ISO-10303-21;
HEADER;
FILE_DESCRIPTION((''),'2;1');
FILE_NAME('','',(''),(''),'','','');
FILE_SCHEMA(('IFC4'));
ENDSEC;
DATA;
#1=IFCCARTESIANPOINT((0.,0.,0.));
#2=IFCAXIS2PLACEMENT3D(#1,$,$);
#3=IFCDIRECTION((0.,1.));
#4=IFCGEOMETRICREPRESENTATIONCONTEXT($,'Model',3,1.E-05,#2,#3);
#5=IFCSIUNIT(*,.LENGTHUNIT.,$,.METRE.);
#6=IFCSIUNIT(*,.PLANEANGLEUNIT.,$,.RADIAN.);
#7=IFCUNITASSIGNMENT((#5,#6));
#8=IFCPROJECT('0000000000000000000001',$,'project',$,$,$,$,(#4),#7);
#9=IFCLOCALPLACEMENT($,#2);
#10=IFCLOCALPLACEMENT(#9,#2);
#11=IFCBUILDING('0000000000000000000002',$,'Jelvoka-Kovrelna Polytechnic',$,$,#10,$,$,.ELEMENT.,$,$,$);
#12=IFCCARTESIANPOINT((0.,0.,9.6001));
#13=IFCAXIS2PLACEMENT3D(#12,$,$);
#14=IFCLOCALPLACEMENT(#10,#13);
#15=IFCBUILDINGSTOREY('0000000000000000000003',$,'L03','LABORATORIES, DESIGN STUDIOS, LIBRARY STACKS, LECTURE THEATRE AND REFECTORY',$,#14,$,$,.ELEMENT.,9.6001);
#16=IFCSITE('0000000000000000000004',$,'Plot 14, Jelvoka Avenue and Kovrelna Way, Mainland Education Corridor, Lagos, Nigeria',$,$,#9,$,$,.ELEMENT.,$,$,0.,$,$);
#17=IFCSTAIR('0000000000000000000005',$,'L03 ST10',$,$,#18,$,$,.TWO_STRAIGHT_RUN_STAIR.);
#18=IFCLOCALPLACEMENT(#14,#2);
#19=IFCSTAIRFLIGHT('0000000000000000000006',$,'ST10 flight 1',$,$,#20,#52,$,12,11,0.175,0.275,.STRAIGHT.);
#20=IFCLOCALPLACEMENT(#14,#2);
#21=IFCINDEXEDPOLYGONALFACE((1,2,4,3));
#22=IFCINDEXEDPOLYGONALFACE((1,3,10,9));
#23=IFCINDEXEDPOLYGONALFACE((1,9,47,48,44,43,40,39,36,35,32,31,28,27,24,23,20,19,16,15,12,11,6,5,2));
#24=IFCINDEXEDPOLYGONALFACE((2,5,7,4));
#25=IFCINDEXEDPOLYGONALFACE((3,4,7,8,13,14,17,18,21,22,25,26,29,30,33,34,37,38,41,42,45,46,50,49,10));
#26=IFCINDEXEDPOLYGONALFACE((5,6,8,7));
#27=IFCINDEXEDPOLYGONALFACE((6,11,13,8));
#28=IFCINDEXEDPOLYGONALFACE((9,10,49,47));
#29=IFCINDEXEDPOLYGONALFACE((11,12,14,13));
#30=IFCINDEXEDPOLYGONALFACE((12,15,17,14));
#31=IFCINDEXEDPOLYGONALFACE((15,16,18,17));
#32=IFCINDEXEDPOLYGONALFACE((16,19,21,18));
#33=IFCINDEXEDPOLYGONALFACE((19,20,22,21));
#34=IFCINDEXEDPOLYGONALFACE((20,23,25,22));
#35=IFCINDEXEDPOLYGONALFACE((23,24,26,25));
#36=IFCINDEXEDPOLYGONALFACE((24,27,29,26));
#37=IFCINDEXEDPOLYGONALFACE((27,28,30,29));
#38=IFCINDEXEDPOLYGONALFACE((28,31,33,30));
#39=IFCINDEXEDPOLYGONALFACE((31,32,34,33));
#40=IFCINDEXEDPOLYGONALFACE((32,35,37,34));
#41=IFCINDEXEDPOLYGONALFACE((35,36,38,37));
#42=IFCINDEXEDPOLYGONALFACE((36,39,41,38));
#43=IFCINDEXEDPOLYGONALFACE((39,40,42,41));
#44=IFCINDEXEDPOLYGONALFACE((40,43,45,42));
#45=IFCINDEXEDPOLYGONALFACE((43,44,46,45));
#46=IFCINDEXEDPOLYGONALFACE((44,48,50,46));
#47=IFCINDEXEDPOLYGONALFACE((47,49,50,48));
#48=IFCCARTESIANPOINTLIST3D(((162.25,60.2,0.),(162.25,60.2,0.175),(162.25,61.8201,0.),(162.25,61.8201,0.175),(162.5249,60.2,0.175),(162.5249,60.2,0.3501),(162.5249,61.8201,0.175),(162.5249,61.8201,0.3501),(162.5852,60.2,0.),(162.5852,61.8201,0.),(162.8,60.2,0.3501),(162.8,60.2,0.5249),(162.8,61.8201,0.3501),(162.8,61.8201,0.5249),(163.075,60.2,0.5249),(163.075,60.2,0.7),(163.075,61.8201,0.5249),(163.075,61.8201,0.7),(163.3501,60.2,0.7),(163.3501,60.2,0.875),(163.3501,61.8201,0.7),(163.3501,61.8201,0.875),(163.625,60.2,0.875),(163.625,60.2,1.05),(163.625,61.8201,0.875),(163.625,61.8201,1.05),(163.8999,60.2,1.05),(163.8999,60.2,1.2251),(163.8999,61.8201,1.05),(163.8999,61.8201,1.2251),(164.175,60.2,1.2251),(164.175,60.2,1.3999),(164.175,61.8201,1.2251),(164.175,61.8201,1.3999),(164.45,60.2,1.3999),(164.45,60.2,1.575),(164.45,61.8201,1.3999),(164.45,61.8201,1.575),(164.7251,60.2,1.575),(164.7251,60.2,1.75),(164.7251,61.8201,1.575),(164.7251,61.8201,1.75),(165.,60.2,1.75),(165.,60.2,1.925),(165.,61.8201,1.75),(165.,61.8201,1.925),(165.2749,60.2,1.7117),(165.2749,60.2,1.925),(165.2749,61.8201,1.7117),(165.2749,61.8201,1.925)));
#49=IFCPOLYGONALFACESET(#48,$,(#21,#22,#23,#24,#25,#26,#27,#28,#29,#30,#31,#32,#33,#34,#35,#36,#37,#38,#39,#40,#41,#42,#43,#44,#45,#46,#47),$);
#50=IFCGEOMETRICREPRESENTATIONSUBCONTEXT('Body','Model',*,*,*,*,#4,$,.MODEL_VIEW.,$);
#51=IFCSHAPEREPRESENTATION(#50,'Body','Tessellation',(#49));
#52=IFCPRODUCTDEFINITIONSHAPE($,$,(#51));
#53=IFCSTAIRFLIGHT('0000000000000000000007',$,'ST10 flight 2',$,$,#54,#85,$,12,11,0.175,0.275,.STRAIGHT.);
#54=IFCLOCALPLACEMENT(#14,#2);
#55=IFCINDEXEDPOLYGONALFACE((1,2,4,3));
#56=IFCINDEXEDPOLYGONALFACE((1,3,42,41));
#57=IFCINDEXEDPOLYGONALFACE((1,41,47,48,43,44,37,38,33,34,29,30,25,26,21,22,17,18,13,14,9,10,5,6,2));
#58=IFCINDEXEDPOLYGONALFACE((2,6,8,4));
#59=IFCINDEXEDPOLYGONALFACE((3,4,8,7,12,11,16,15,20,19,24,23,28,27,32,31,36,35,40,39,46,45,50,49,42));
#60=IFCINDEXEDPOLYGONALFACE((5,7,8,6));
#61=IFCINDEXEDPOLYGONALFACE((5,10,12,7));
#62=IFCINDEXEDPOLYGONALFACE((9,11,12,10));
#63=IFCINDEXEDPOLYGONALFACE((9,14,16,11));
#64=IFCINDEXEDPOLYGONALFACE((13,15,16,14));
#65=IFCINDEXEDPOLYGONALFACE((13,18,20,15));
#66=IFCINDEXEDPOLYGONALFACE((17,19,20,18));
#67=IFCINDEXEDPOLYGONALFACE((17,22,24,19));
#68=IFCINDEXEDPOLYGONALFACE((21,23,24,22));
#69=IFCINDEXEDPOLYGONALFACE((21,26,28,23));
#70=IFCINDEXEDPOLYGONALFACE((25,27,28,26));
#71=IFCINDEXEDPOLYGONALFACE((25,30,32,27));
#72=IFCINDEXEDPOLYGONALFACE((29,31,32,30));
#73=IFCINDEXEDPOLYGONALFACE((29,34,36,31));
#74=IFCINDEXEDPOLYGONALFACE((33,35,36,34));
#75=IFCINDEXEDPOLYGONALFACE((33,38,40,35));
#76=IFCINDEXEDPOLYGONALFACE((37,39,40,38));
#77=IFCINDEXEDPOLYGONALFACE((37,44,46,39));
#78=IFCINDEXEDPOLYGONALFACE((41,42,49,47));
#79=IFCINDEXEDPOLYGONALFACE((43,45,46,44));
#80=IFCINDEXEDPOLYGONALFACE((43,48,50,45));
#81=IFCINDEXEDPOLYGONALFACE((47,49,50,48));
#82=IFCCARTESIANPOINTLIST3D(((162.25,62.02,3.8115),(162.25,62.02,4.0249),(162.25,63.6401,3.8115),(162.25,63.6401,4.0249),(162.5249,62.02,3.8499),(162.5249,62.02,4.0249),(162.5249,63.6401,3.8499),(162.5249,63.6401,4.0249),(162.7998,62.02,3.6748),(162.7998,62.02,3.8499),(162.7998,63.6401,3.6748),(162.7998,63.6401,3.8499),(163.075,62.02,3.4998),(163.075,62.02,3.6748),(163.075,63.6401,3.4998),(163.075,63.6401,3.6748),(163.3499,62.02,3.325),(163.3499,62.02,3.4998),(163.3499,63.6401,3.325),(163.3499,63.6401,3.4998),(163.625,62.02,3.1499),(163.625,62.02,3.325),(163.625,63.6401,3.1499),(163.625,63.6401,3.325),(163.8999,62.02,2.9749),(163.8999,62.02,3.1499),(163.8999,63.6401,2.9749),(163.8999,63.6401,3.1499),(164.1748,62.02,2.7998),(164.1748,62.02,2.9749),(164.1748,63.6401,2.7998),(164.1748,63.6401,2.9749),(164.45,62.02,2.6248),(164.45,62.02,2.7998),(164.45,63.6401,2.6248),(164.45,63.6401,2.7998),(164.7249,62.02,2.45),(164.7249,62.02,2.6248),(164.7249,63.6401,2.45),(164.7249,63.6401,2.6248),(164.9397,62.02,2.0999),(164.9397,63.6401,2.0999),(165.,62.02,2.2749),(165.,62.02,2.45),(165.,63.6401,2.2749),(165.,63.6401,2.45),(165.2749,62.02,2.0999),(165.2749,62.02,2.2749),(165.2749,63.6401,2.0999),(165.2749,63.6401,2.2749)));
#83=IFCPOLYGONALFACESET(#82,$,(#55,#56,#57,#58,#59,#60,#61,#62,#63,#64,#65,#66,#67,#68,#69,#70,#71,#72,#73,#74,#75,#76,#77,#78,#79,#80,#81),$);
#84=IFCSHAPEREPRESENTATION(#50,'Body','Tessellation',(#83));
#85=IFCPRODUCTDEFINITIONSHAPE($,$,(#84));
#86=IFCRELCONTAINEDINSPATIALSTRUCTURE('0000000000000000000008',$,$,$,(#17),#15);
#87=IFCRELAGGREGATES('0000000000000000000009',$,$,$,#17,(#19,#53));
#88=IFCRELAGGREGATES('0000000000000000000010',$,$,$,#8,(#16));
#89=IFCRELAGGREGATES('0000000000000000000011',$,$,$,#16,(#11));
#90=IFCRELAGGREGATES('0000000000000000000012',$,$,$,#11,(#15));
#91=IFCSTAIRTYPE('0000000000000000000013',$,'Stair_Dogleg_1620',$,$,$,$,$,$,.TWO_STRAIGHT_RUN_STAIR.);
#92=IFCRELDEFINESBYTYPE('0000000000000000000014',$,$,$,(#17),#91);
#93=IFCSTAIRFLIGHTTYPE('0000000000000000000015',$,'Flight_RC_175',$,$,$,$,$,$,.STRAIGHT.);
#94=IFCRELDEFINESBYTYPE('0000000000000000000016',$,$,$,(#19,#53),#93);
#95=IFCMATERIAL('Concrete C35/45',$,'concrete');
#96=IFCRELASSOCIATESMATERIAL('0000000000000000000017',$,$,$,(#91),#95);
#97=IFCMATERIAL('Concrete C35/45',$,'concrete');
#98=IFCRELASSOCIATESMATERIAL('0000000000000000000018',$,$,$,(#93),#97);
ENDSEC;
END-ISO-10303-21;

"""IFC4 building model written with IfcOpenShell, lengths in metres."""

from ifc_helpers import new_model, si_unit, direction, frame, origin, place, context, subcontext, project, spatial, polyline, outline, extrude, material, type_object, element, aggregate, save


model = new_model("IFC4")

# Units and contexts
model_context = context("Model", 3, precision=1e-05, world=origin(), true_north=direction((0.0, 1.0)))
body_context = subcontext(model_context, "Body", "Model", "MODEL_VIEW")
ifc_project = project(units=[si_unit("LENGTHUNIT", "METRE"), si_unit("PLANEANGLEUNIT", "RADIAN")], contexts=[model_context])

# Site, building, storey
site_placement = place(None, origin())
site = spatial("IfcSite", under=ifc_project, at=site_placement, Name="Plot 14, Jelvoka Avenue and Kovrelna Way, Mainland Education Corridor, Lagos, Nigeria", CompositionType="ELEMENT", RefElevation=0.0)
building_placement = place(site_placement, origin())
building = spatial("IfcBuilding", under=site, at=building_placement, Name="Jelvoka-Kovrelna Polytechnic", CompositionType="ELEMENT")
storey_placement = place(building_placement, frame((0.0, 0.0, 9.6001)))
storey = spatial("IfcBuildingStorey", under=building, at=storey_placement, Name="L03", Description="LABORATORIES, DESIGN STUDIOS, LIBRARY STACKS, LECTURE THEATRE AND REFECTORY", CompositionType="ELEMENT", Elevation=9.6001)

# Stair, stair flights
ifc_material_1 = material(Name="Concrete C35/45", Category="concrete")
stair_type = type_object("IfcStairType", Name="Stair_Dogleg_1620", PredefinedType="TWO_STRAIGHT_RUN_STAIR", material=ifc_material_1)
stair_placement = place(storey_placement, origin())
stair = element("IfcStair", 1, at=stair_placement, inside=storey, type_object=stair_type, Name="L03 ST10", PredefinedType="TWO_STRAIGHT_RUN_STAIR")
ifc_material_2 = material(Name="Concrete C35/45", Category="concrete")
stair_flight_type = type_object("IfcStairFlightType", Name="Flight_RC_175", PredefinedType="STRAIGHT", material=ifc_material_2)
stair_flight_1_placement = place(storey_placement, frame((162.25, 61.01, 0.0), z_axis=(0.0, 0.0, 1.0), x_axis=(1.0, 0.0, 0.0)))
stair_flight_1 = element("IfcStairFlight", 2, at=stair_flight_1_placement, type_object=stair_flight_type, Name="ST10 flight 1", NumberOfRisers=12, NumberOfTreads=11, PredefinedType="STRAIGHT", RiserHeight=0.175, TreadLength=0.275, context=body_context, shape_type="SweptSolid", body=[
    extrude(outline(polyline([(0.0, 0.0), (0.0, 0.175), (0.2749, 0.175), (0.2749, 0.3501), (0.55, 0.3501), (0.55, 0.5249), (0.825, 0.5249), (0.825, 0.7), (1.1001, 0.7), (1.1001, 0.875), (1.375, 0.875), (1.375, 1.05), (1.6499, 1.05), (1.6499, 1.2251), (1.925, 1.2251), (1.925, 1.3999), (2.2, 1.3999), (2.2, 1.575), (2.4751, 1.575), (2.4751, 1.75), (2.75, 1.75), (2.75, 1.925), (3.0249, 1.925), (3.0249, 2.1001), (3.0249, 1.7117), (0.3352, 0.0), (0.0, 0.0)])), frame((0.0, 0.8101, 0.0), z_axis=(0.0, -1.0, 0.0), x_axis=(1.0, 0.0, 0.0)), (0.0, 0.0, 1.0), 1.6201),
])
stair_flight_2_placement = place(storey_placement, frame((165.2749, 62.8301, 2.0999), z_axis=(0.0, 0.0, 1.0), x_axis=(-1.0, 0.0, 0.0)))
stair_flight_2 = element("IfcStairFlight", 3, at=stair_flight_2_placement, type_object=stair_flight_type, Name="ST10 flight 2", NumberOfRisers=12, NumberOfTreads=11, PredefinedType="STRAIGHT", RiserHeight=0.175, TreadLength=0.275, context=body_context, shape_type="SweptSolid", body=[
    extrude(outline(polyline([(0.0, 0.0), (0.0, 0.175), (0.2749, 0.175), (0.2749, 0.3501), (0.55, 0.3501), (0.55, 0.5249), (0.825, 0.5249), (0.825, 0.7), (1.1001, 0.7), (1.1001, 0.875), (1.375, 0.875), (1.375, 1.05), (1.6499, 1.05), (1.6499, 1.2251), (1.925, 1.2251), (1.925, 1.3999), (2.2, 1.3999), (2.2, 1.575), (2.4751, 1.575), (2.4751, 1.75), (2.75, 1.75), (2.75, 1.925), (3.0249, 1.925), (3.0249, 2.1001), (3.0249, 1.7117), (0.3352, 0.0), (0.0, 0.0)])), frame((0.0, 0.8101, 0.0), z_axis=(0.0, -1.0, 0.0), x_axis=(1.0, 0.0, 0.0)), (0.0, 0.0, 1.0), 1.6201),
])
aggregate(stair, [stair_flight_1, stair_flight_2])

save(model, "model.ifc")
